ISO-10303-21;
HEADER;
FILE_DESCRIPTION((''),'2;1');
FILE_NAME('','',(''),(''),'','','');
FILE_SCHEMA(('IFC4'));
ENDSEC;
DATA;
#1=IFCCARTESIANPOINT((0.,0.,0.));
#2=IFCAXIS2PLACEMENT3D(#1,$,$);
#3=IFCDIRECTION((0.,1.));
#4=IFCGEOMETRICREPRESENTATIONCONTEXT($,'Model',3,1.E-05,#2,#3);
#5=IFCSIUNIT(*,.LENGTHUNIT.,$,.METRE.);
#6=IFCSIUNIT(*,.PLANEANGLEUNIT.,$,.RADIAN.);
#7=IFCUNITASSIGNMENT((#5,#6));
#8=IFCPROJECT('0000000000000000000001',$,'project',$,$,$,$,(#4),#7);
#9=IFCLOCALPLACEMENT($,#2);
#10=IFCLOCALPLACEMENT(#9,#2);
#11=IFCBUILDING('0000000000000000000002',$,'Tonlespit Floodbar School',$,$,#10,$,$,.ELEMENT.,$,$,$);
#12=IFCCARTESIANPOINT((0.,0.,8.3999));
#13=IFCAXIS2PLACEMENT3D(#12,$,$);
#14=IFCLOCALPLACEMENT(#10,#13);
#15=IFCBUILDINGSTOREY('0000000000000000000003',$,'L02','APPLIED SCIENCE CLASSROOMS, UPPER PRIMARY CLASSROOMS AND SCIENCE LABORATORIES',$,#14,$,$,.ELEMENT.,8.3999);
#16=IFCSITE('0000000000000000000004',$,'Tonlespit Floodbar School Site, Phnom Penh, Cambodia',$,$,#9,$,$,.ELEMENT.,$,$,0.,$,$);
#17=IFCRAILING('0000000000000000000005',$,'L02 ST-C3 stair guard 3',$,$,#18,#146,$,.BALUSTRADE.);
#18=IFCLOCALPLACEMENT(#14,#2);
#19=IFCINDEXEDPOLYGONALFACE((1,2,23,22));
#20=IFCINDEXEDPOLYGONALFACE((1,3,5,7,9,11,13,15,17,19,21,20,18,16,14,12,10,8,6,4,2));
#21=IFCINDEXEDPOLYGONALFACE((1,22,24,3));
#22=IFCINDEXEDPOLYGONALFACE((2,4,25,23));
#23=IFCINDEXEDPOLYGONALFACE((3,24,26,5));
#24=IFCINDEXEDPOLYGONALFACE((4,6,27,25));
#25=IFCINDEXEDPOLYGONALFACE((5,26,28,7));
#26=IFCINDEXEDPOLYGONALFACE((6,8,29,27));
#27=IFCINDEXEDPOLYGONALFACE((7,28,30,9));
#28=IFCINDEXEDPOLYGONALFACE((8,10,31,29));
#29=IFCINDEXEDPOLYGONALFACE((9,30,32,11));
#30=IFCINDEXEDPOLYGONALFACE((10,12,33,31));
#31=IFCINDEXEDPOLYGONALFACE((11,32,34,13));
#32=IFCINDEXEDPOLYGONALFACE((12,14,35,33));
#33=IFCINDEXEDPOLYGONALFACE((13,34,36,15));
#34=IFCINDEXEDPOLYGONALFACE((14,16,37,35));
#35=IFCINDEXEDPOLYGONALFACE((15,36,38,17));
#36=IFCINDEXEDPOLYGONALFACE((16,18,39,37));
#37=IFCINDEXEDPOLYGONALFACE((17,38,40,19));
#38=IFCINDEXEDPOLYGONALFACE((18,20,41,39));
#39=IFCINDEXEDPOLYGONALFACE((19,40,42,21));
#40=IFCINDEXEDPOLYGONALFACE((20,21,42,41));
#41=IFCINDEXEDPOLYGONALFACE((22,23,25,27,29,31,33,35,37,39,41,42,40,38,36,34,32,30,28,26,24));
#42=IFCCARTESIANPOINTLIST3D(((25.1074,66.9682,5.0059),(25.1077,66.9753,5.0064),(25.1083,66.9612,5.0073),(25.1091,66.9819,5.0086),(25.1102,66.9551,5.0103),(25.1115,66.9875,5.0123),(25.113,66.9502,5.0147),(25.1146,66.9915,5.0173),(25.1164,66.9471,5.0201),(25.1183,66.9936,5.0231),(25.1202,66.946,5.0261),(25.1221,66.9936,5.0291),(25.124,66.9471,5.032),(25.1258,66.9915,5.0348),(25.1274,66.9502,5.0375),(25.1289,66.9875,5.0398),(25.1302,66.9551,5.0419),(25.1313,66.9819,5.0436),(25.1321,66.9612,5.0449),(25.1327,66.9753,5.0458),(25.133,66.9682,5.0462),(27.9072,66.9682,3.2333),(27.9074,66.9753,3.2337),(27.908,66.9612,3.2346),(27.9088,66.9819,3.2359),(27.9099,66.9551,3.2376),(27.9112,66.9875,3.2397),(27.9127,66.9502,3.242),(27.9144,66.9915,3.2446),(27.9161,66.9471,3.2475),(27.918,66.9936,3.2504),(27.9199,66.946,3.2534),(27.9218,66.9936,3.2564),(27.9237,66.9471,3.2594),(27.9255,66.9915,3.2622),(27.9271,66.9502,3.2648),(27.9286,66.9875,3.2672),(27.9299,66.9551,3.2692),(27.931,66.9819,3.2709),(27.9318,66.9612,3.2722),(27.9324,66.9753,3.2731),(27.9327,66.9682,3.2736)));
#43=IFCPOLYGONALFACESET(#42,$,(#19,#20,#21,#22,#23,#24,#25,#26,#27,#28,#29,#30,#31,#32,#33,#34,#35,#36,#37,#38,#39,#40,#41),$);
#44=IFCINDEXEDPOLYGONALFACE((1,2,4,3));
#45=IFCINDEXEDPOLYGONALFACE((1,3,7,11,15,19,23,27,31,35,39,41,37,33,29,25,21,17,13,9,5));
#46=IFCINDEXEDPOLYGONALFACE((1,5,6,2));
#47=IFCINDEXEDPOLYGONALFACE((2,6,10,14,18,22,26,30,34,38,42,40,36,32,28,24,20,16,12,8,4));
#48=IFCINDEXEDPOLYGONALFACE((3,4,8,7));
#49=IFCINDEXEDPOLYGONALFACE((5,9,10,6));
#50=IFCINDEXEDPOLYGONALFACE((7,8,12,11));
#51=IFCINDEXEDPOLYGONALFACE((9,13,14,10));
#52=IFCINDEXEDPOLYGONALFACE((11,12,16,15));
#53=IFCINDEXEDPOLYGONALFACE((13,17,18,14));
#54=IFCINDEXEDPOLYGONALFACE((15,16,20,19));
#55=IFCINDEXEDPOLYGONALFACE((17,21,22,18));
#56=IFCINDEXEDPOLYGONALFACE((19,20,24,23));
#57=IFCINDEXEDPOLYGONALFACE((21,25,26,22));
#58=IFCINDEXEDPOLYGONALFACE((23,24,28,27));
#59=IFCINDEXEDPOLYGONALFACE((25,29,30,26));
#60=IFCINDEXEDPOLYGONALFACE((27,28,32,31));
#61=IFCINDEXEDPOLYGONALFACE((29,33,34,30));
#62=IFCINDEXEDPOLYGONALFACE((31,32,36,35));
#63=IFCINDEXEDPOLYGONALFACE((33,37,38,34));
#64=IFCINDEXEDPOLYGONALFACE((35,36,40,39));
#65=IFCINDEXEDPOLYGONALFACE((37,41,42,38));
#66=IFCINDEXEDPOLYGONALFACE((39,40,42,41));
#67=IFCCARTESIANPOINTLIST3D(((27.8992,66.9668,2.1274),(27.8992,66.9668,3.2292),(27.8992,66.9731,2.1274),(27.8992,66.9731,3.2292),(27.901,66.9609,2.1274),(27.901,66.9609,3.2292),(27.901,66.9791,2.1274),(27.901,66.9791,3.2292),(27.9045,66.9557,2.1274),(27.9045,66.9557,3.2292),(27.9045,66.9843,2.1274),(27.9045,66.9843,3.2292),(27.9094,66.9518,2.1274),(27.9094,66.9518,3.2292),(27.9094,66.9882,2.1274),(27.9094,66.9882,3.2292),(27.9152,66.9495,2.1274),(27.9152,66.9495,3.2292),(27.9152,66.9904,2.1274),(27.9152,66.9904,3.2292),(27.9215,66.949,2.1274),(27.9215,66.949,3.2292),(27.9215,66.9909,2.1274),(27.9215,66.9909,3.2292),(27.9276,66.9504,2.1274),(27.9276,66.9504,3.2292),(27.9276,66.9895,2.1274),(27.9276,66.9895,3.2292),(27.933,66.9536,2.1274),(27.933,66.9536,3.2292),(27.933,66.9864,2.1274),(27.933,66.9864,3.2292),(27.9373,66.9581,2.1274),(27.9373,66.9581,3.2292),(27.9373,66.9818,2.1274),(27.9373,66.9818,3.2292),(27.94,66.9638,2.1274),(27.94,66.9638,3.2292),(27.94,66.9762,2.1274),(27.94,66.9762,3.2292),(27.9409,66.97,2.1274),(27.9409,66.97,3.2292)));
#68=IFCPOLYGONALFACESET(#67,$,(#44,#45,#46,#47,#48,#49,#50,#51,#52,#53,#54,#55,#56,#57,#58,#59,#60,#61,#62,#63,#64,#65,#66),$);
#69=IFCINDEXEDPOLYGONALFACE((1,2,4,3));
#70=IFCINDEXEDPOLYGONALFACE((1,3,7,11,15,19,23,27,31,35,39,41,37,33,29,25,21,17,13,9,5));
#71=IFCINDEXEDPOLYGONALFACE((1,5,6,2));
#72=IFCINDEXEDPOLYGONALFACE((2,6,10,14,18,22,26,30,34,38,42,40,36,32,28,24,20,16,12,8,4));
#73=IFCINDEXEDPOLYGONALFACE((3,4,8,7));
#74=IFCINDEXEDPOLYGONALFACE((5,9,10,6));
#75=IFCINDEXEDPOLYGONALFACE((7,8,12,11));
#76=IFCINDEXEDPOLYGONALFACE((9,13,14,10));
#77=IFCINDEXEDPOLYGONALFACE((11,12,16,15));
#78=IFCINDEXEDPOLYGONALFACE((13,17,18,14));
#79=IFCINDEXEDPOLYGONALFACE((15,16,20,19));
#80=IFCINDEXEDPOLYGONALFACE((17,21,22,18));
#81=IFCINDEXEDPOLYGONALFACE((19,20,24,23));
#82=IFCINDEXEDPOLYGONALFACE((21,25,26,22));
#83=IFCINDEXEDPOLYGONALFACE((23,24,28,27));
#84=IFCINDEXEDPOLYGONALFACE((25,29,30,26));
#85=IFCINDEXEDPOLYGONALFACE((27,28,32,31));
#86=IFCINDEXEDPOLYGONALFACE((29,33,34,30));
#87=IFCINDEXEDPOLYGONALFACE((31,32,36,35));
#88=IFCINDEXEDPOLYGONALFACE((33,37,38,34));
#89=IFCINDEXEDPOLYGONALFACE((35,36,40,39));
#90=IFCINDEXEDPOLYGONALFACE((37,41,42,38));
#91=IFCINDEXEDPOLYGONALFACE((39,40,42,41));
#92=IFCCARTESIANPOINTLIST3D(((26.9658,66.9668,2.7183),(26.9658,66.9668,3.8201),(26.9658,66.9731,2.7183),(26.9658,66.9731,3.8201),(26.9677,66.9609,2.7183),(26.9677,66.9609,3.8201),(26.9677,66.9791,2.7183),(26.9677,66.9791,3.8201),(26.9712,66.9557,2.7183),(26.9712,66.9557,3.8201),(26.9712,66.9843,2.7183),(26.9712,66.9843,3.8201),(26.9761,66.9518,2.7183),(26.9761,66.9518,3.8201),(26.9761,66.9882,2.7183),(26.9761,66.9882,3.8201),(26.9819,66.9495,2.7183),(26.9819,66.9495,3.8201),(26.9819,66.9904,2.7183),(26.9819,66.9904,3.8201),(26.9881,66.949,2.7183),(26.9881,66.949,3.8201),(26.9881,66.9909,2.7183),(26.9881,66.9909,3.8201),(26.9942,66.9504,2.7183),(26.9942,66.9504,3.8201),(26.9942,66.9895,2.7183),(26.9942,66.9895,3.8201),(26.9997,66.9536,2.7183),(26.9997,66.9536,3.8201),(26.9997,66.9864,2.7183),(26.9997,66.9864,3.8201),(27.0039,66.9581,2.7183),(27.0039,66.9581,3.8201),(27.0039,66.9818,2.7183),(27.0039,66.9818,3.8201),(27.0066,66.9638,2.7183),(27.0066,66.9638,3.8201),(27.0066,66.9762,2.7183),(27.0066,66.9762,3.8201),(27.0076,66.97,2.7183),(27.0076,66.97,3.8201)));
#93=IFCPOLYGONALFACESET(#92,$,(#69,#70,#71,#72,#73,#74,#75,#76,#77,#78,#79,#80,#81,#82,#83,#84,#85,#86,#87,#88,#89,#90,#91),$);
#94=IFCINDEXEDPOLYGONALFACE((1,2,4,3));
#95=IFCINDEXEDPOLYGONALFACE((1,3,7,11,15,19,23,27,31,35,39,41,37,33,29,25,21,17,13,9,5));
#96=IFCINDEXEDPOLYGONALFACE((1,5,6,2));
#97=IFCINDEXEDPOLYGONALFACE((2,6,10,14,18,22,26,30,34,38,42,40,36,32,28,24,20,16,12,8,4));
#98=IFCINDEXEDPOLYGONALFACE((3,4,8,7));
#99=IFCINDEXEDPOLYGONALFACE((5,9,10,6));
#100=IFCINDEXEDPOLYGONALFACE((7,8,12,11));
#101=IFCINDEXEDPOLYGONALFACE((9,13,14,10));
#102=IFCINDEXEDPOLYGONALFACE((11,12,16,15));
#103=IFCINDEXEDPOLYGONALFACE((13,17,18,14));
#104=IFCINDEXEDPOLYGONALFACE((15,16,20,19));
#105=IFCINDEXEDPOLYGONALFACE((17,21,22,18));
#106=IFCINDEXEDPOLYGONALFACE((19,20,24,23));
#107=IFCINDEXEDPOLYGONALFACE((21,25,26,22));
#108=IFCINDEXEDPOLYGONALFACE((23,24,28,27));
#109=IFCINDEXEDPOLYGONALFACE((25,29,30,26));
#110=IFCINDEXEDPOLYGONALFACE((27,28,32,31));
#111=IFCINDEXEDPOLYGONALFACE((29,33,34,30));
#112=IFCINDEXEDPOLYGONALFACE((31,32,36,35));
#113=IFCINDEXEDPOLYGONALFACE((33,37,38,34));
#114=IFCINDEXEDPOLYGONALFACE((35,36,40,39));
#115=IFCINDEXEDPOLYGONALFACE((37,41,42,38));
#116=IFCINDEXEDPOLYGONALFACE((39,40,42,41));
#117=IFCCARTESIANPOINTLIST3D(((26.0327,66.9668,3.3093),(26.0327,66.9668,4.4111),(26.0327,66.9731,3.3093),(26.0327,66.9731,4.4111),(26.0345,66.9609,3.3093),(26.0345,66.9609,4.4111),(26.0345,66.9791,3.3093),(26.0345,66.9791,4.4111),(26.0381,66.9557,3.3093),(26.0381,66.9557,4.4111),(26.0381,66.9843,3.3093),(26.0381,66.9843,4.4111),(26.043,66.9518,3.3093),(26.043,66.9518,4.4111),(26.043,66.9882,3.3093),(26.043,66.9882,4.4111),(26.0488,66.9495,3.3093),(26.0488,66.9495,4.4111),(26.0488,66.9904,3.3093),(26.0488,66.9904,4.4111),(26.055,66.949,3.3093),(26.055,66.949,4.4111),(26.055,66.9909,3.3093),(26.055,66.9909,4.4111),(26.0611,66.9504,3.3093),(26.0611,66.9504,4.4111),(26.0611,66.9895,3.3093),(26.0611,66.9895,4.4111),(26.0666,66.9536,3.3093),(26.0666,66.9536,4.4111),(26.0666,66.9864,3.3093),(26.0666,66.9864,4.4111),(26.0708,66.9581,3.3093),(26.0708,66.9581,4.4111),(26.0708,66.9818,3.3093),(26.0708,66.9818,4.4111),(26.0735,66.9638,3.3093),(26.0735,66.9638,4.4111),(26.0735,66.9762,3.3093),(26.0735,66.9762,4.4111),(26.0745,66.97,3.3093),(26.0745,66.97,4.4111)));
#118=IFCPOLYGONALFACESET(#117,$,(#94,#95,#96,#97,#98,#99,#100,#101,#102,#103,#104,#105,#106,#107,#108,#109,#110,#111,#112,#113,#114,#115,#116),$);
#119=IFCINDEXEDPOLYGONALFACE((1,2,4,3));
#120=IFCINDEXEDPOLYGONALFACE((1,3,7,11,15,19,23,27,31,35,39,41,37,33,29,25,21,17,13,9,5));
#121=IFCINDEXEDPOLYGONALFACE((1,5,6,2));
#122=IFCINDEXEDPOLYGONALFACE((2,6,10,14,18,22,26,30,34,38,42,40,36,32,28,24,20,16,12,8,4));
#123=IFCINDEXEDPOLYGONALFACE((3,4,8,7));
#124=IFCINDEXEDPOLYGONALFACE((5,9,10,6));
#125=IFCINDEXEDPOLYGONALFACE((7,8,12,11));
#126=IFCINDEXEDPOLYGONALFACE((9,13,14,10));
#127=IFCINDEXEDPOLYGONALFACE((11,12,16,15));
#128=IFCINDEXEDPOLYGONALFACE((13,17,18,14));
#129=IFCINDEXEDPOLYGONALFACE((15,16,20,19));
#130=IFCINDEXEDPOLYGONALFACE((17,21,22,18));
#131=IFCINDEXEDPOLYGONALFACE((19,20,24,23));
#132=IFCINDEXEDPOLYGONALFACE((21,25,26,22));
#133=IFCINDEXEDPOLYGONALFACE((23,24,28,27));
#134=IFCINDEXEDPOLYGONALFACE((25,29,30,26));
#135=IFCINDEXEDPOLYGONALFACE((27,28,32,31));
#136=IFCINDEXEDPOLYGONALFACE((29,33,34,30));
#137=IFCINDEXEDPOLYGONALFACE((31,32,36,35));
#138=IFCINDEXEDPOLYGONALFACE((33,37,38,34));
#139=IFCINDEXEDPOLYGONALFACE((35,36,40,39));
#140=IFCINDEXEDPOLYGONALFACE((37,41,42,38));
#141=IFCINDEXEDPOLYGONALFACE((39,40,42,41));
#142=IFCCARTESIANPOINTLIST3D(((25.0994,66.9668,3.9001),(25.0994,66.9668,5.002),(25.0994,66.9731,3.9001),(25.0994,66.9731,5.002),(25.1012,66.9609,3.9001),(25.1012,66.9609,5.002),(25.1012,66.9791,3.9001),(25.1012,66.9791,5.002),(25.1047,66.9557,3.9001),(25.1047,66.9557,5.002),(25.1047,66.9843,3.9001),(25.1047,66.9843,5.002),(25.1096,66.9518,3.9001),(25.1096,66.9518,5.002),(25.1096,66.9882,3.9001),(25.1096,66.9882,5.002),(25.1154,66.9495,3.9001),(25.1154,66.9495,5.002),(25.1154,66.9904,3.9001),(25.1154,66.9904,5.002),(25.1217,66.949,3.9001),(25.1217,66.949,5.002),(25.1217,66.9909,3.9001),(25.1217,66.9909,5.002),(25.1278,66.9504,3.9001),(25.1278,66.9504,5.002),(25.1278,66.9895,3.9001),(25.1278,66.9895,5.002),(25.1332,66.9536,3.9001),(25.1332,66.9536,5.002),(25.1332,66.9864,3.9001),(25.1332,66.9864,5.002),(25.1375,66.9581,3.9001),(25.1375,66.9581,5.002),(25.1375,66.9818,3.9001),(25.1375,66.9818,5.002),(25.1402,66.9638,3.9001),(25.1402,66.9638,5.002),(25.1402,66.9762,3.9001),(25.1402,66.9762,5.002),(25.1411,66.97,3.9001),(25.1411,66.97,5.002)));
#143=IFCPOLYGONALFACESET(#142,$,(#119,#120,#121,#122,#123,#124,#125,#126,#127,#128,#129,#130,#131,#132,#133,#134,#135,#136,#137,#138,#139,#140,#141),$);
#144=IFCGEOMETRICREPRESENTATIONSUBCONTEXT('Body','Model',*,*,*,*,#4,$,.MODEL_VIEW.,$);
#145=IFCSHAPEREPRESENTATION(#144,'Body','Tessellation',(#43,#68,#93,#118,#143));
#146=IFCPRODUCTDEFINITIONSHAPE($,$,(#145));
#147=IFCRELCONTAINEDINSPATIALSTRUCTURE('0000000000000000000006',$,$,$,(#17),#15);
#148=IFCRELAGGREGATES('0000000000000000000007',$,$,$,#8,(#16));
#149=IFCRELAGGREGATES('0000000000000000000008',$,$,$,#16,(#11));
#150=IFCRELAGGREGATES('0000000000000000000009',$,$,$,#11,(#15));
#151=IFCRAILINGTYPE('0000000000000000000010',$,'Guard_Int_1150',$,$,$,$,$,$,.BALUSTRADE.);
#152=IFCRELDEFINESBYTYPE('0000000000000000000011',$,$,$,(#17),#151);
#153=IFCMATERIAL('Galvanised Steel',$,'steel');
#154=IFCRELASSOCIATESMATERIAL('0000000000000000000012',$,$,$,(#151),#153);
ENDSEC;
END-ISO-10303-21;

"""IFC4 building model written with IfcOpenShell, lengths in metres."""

from ifc_helpers import new_model, si_unit, direction, frame, origin, origin_2d, place, context, subcontext, project, spatial, circle, extrude, material, type_object, element, save


model = new_model("IFC4")

# Units and contexts
model_context = context("Model", 3, precision=1e-05, world=origin(), true_north=direction((0.0, 1.0)))
body_context = subcontext(model_context, "Body", "Model", "MODEL_VIEW")
ifc_project = project(units=[si_unit("LENGTHUNIT", "METRE"), si_unit("PLANEANGLEUNIT", "RADIAN")], contexts=[model_context])

# Site, building, storey
site_placement = place(None, origin())
site = spatial("IfcSite", under=ifc_project, at=site_placement, Name="Tonlespit Floodbar School Site, Phnom Penh, Cambodia", CompositionType="ELEMENT", RefElevation=0.0)
building_placement = place(site_placement, origin())
building = spatial("IfcBuilding", under=site, at=building_placement, Name="Tonlespit Floodbar School", CompositionType="ELEMENT")
storey_placement = place(building_placement, frame((0.0, 0.0, 8.3999)))
storey = spatial("IfcBuildingStorey", under=building, at=storey_placement, Name="L02", Description="APPLIED SCIENCE CLASSROOMS, UPPER PRIMARY CLASSROOMS AND SCIENCE LABORATORIES", CompositionType="ELEMENT", Elevation=8.3999)

# Railing
ifc_material_1 = material(Name="Galvanised Steel", Category="steel")
railing_type_1 = type_object("IfcRailingType", Name="Guard_Int_1150", PredefinedType="BALUSTRADE", material=ifc_material_1)
railing_1_placement = place(storey_placement, frame((27.9199, 66.97, 2.1274)))
element("IfcRailing", 1, at=railing_1_placement, inside=storey, type_object=railing_type_1, Name="L02 ST-C3 stair guard 3", PredefinedType="BALUSTRADE", context=body_context, shape_type="SweptSolid", body=[
    extrude(circle(Radius=0.0239, at=origin_2d()), frame((0.0, 0.0, 1.126), z_axis=(-0.844888, 0.0, 0.534943), x_axis=(0.0, -1.0, 0.0)), (0.0, 0.0, 1.0), 3.3137),
    extrude(circle(Radius=0.021, at=origin_2d()), origin(), (0.0, 0.0, 1.0), 1.1018),
    extrude(circle(Radius=0.021, at=origin_2d()), frame((-0.9333, 0.0, 0.5908)), (0.0, 0.0, 1.0), 1.1018),
    extrude(circle(Radius=0.021, at=origin_2d()), frame((-1.8665, 0.0, 1.1819)), (0.0, 0.0, 1.0), 1.1018),
    extrude(circle(Radius=0.021, at=origin_2d()), frame((-2.7998, 0.0, 1.7727)), (0.0, 0.0, 1.0), 1.1018),
])

save(model, "model.ifc")
